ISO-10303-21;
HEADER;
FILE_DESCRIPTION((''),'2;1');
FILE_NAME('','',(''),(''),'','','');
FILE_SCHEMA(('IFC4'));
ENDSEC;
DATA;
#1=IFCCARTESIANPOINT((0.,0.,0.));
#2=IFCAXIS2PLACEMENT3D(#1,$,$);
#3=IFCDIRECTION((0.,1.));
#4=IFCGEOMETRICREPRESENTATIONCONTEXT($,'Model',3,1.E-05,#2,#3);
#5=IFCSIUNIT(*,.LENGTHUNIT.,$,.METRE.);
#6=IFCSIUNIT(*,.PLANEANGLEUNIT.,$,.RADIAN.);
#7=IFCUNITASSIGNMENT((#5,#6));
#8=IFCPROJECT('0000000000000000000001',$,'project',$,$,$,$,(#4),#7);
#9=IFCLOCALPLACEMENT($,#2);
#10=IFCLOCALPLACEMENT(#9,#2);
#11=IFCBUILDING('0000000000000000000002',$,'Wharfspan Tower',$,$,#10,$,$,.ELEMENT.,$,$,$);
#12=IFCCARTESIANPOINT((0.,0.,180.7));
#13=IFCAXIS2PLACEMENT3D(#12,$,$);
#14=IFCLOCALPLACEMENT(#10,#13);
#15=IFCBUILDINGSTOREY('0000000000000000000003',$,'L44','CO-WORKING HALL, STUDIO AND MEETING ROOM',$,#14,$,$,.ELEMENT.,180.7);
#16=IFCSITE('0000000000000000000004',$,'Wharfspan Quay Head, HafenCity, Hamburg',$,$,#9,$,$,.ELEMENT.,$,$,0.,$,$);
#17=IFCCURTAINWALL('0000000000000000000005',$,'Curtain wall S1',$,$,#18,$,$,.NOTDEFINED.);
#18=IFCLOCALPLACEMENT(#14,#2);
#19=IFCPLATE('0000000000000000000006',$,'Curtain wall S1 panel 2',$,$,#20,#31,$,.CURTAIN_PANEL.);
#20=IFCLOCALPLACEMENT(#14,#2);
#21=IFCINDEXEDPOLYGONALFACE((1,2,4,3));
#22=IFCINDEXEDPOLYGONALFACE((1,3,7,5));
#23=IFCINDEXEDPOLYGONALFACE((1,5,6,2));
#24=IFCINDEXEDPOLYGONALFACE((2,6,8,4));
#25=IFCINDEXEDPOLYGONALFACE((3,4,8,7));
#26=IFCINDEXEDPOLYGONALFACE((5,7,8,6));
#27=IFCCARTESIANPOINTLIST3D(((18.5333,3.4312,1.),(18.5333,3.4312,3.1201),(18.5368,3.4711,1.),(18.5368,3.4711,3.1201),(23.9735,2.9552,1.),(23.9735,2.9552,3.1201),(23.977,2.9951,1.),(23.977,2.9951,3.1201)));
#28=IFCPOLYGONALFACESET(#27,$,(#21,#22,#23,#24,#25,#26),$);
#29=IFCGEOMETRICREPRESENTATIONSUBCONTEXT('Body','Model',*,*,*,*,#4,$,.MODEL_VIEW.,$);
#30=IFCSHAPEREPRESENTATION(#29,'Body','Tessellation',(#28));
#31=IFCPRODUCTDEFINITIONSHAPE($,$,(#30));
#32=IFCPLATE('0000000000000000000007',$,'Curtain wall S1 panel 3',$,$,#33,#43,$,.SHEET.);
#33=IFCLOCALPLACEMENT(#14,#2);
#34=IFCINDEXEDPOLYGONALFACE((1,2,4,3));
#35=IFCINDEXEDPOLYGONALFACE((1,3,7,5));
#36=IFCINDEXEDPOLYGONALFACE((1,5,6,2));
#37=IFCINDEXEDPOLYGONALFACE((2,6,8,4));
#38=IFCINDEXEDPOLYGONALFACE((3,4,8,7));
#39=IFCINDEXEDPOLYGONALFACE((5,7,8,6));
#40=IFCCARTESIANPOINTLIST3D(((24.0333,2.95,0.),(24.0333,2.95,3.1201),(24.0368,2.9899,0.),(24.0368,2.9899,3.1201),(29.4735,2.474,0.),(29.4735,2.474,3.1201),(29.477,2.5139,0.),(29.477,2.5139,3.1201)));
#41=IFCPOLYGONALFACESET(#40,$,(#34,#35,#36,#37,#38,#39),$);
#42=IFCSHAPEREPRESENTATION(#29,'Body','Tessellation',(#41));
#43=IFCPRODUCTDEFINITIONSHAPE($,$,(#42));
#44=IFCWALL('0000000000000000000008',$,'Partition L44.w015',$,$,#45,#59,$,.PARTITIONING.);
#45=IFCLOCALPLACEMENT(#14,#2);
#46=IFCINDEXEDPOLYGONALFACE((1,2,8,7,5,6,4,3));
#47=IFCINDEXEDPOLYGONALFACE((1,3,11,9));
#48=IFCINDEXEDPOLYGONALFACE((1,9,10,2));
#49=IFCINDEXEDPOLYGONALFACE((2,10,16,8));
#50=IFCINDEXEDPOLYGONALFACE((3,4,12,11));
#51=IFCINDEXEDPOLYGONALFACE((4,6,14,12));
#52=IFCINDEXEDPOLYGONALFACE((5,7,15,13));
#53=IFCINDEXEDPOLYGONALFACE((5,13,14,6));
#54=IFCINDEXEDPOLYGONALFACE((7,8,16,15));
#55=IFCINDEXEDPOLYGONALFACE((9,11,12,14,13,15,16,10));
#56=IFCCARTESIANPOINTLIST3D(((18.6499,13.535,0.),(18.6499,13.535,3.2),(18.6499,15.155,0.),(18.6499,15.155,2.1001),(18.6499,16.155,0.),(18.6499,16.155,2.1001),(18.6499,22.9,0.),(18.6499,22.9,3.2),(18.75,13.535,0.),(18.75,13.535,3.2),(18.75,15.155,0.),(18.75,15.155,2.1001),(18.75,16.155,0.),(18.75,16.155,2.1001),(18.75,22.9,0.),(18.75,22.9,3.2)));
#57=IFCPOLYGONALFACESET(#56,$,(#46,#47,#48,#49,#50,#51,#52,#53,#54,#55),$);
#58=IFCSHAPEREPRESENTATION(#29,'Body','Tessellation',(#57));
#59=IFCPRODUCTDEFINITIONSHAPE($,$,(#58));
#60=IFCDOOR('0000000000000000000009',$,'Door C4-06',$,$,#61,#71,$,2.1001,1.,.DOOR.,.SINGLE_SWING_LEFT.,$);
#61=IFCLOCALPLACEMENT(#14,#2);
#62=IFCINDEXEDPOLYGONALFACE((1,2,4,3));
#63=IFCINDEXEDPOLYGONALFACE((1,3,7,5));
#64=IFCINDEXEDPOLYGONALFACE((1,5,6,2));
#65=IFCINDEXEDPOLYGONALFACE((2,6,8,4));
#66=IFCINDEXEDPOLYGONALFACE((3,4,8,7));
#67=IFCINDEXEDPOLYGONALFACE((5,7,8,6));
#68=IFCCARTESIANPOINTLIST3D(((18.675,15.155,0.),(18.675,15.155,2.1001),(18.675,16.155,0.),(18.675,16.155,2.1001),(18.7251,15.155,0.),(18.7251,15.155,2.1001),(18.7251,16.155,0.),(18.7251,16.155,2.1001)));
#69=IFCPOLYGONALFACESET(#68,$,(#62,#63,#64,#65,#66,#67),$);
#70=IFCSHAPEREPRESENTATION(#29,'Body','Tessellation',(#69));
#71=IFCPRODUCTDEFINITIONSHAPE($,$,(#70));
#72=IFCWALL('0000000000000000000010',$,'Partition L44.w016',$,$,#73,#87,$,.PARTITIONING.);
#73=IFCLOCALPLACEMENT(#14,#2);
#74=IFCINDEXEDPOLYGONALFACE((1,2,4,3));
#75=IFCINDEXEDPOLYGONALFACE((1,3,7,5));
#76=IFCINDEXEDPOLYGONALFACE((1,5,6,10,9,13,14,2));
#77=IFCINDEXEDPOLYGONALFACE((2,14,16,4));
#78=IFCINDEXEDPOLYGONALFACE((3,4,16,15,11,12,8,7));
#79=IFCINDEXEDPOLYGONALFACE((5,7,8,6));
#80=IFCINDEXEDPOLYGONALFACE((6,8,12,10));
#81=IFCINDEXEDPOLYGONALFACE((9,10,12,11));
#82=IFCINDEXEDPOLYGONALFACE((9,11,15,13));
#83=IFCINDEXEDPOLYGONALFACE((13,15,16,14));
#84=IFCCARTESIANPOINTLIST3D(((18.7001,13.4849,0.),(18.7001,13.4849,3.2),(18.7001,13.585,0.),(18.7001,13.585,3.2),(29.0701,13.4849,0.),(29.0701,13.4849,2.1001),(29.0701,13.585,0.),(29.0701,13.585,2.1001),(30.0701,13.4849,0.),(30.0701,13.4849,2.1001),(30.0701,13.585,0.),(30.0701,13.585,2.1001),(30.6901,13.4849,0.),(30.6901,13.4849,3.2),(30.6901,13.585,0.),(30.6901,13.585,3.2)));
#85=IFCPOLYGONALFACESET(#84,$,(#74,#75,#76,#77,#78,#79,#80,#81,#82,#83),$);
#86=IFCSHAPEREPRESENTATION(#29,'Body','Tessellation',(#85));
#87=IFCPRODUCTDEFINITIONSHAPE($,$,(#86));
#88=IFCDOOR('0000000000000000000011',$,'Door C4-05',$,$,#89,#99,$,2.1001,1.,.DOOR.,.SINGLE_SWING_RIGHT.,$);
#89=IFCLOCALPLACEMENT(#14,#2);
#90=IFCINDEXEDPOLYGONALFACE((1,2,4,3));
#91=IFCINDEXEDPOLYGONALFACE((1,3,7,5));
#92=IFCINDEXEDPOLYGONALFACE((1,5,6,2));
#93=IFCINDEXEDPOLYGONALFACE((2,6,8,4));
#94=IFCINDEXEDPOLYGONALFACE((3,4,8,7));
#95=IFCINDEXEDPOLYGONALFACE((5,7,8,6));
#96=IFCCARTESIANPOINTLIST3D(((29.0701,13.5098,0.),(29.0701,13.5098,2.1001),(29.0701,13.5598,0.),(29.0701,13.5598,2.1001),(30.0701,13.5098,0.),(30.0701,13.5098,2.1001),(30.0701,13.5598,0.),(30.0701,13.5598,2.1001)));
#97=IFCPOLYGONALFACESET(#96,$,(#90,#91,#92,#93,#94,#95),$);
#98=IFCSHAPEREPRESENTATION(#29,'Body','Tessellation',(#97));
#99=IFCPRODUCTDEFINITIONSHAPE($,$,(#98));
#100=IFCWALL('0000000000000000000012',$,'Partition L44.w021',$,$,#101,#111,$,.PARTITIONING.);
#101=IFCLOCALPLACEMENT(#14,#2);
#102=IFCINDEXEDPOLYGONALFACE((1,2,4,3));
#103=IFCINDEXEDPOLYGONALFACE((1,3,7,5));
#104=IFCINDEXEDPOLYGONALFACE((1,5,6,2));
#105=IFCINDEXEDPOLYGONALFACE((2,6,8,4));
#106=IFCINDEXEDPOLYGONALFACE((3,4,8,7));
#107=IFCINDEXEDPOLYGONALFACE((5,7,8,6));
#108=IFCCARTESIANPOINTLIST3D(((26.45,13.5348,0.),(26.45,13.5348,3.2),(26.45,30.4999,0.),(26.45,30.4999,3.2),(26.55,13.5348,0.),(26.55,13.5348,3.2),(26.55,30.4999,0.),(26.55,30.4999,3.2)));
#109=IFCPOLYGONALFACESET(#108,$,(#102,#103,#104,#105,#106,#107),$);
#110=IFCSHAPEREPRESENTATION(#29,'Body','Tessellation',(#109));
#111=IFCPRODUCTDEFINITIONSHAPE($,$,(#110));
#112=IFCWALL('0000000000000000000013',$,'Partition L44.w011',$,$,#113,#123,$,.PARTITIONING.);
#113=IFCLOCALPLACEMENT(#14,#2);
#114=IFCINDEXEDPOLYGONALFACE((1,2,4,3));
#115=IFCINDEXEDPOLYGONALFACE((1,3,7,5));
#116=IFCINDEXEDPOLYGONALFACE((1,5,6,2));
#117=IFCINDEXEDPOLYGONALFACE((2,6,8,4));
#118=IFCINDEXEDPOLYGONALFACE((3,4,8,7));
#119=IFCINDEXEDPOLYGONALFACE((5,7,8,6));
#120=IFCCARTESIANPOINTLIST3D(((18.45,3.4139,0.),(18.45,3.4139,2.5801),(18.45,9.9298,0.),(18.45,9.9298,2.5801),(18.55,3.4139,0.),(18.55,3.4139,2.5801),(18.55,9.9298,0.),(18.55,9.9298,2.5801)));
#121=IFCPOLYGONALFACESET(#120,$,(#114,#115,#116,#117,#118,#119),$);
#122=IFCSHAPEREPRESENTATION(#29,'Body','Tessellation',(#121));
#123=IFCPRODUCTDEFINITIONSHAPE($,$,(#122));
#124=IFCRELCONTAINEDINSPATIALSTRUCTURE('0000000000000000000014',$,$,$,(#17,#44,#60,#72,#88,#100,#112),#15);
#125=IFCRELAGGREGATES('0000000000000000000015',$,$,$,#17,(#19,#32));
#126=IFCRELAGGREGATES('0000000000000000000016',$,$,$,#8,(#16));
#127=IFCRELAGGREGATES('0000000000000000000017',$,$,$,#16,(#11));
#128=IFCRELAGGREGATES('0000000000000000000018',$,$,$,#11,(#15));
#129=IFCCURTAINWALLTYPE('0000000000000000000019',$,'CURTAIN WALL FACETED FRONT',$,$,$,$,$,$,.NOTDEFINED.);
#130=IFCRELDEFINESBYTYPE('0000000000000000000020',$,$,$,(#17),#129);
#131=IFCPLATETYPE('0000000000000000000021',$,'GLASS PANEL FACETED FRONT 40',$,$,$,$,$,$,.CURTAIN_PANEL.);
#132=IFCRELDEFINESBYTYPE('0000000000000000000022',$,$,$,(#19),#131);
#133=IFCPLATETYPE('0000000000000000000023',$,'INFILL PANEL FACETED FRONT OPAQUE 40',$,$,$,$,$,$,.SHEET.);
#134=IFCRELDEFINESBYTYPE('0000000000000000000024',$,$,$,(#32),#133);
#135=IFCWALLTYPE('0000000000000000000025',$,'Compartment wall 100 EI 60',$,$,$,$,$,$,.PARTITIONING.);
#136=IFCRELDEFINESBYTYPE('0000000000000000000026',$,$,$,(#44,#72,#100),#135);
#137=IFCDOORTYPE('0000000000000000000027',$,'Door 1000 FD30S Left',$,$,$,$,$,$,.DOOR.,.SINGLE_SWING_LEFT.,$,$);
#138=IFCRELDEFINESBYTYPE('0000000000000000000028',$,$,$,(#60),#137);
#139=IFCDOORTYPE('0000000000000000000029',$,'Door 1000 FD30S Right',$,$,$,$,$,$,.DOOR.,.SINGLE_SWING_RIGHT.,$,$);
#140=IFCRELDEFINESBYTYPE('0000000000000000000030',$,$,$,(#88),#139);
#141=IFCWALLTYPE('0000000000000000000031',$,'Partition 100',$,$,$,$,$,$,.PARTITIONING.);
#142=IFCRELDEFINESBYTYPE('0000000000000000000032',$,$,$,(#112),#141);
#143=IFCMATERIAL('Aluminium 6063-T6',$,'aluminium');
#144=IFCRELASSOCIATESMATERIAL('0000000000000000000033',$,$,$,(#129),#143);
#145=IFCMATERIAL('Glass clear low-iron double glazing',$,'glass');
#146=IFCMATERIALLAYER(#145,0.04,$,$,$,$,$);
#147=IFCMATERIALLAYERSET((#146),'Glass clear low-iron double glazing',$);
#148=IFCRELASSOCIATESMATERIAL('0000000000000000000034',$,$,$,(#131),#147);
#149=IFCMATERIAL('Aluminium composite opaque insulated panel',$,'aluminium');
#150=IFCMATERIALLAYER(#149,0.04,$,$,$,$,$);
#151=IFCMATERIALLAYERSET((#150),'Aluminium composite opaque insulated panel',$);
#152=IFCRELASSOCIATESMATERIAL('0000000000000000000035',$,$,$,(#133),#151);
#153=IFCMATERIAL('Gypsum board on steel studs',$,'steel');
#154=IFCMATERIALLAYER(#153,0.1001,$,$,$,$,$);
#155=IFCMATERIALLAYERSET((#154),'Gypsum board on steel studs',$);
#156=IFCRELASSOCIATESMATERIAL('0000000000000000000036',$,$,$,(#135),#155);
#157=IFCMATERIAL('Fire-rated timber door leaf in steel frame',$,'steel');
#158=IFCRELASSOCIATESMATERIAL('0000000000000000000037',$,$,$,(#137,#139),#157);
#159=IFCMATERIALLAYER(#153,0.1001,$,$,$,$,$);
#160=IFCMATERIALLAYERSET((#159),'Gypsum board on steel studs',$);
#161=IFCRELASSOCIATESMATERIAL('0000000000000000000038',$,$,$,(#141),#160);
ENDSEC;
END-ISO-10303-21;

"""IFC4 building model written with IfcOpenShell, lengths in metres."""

from ifc_helpers import new_model, si_unit, direction, frame, frame_2d, origin, origin_2d, place, context, subcontext, project, spatial, rectangle, extrude, material, layer, layer_set, type_object, element, fill, aggregate, save


model = new_model("IFC4")

# Units and contexts
model_context = context("Model", 3, precision=1e-05, world=origin(), true_north=direction((0.0, 1.0)))
body_context = subcontext(model_context, "Body", "Model", "MODEL_VIEW")
ifc_project = project(units=[si_unit("LENGTHUNIT", "METRE"), si_unit("PLANEANGLEUNIT", "RADIAN")], contexts=[model_context])

# Site, building, storey
site_placement = place(None, origin())
site = spatial("IfcSite", under=ifc_project, at=site_placement, Name="Wharfspan Quay Head, HafenCity, Hamburg", CompositionType="ELEMENT", RefElevation=0.0)
building_placement = place(site_placement, origin())
building = spatial("IfcBuilding", under=site, at=building_placement, Name="Wharfspan Tower", CompositionType="ELEMENT")
storey_placement = place(building_placement, frame((0.0, 0.0, 180.7)))
storey = spatial("IfcBuildingStorey", under=building, at=storey_placement, Name="L44", Description="CO-WORKING HALL, STUDIO AND MEETING ROOM", CompositionType="ELEMENT", Elevation=180.7)

# Curtain wall, plates
ifc_material_1 = material(Name="Aluminium 6063-T6", Category="aluminium")
curtain_wall_type = type_object("IfcCurtainWallType", Name="CURTAIN WALL FACETED FRONT", PredefinedType="NOTDEFINED", material=ifc_material_1)
curtain_wall_placement = place(storey_placement, origin())
curtain_wall = element("IfcCurtainWall", 1, at=curtain_wall_placement, inside=storey, type_object=curtain_wall_type, Name="Curtain wall S1", PredefinedType="NOTDEFINED")
ifc_material_2 = material(Name="Glass clear low-iron double glazing", Category="glass")
ifc_layer_1 = layer(ifc_material_2, 0.04)
ifc_layer_set_1 = layer_set([ifc_layer_1], Name="Glass clear low-iron double glazing")
plate_type_1 = type_object("IfcPlateType", Name="GLASS PANEL FACETED FRONT 40", PredefinedType="CURTAIN_PANEL", material=ifc_layer_set_1)
plate_1_placement = place(storey_placement, frame((21.2551, 3.2131, 1.0), z_axis=(0.0, 0.0, 1.0), x_axis=(0.996198, -0.087156, 0.0)))
plate_1 = element("IfcPlate", 2, at=plate_1_placement, type_object=plate_type_1, Name="Curtain wall S1 panel 2", PredefinedType="CURTAIN_PANEL", context=body_context, shape_type="SweptSolid", body=[
    extrude(rectangle(XDim=5.4609, YDim=0.04, at=origin_2d()), origin(), (0.0, 0.0, 1.0), 2.1201),
])
ifc_material_3 = material(Name="Aluminium composite opaque insulated panel", Category="aluminium")
ifc_layer_2 = layer(ifc_material_3, 0.04)
ifc_layer_set_2 = layer_set([ifc_layer_2], Name="Aluminium composite opaque insulated panel")
plate_type_2 = type_object("IfcPlateType", Name="INFILL PANEL FACETED FRONT OPAQUE 40", PredefinedType="SHEET", material=ifc_layer_set_2)
plate_2_placement = place(storey_placement, frame((26.7551, 2.7319, 0.0), z_axis=(0.0, 0.0, 1.0), x_axis=(0.996198, -0.087156, 0.0)))
plate_2 = element("IfcPlate", 3, at=plate_2_placement, type_object=plate_type_2, Name="Curtain wall S1 panel 3", PredefinedType="SHEET", context=body_context, shape_type="SweptSolid", body=[
    extrude(rectangle(XDim=5.4609, YDim=0.04, at=origin_2d()), origin(), (0.0, 0.0, 1.0), 3.1201),
])
aggregate(curtain_wall, [plate_1, plate_2])

# Walls, openings, doors
ifc_material_4 = material(Name="Gypsum board on steel studs", Category="steel")
ifc_layer_3 = layer(ifc_material_4, 0.1001)
ifc_layer_set_3 = layer_set([ifc_layer_3], Name="Gypsum board on steel studs")
wall_type_1 = type_object("IfcWallType", Name="Compartment wall 100 EI 60", PredefinedType="PARTITIONING", material=ifc_layer_set_3)
wall_1_placement = place(storey_placement, frame((18.7, 13.5349, 0.0), z_axis=(0.0, 0.0, 1.0), x_axis=(0.0, 1.0, 0.0)))
wall_1 = element("IfcWall", 4, at=wall_1_placement, inside=storey, type_object=wall_type_1, Name="Partition L44.w015", PredefinedType="PARTITIONING", context=body_context, shape_type="SweptSolid", body=[
    extrude(rectangle(XDim=9.365, YDim=0.1001, at=frame_2d((4.6826, 0.0))), origin(), (0.0, 0.0, 1.0), 3.2),
])
opening_1_placement = place(wall_1_placement, frame((1.6201, 0.0, 0.0)))
opening_1 = element("IfcOpeningElement", 5, at=opening_1_placement, cuts=wall_1, PredefinedType="OPENING", context=body_context, shape_type="SweptSolid", body=[
    extrude(rectangle(XDim=1.0, YDim=2.1001, at=frame_2d((0.5, 1.05))), frame((0.0, 0.0601, 0.0), z_axis=(0.0, -1.0, 0.0), x_axis=(1.0, 0.0, 0.0)), (0.0, 0.0, 1.0), 0.1201),
])
ifc_material_5 = material(Name="Fire-rated timber door leaf in steel frame", Category="steel")
door_type_1 = type_object("IfcDoorType", Name="Door 1000 FD30S Left", OperationType="SINGLE_SWING_LEFT", PredefinedType="DOOR", material=ifc_material_5)
door_1_placement = place(opening_1_placement, origin())
door_1 = element("IfcDoor", 6, at=door_1_placement, inside=storey, type_object=door_type_1, Name="Door C4-06", OperationType="SINGLE_SWING_LEFT", OverallHeight=2.1001, OverallWidth=1.0, PredefinedType="DOOR", context=body_context, shape_type="SweptSolid", body=[
    extrude(rectangle(XDim=1.0, YDim=2.1001, at=frame_2d((0.5, 1.05))), frame((0.0, 0.0249, 0.0), z_axis=(0.0, -1.0, 0.0), x_axis=(1.0, 0.0, 0.0)), (0.0, 0.0, 1.0), 0.05),
])
fill(opening_1, door_1)
wall_2_placement = place(storey_placement, frame((18.7, 13.5349, 0.0), z_axis=(0.0, 0.0, 1.0), x_axis=(1.0, 0.0, 0.0)))
wall_2 = element("IfcWall", 7, at=wall_2_placement, inside=storey, type_object=wall_type_1, Name="Partition L44.w016", PredefinedType="PARTITIONING", context=body_context, shape_type="SweptSolid", body=[
    extrude(rectangle(XDim=11.99, YDim=0.1001, at=frame_2d((5.9951, 0.0))), origin(), (0.0, 0.0, 1.0), 3.2),
])
opening_2_placement = place(wall_2_placement, frame((10.3701, 0.0, 0.0)))
opening_2 = element("IfcOpeningElement", 8, at=opening_2_placement, cuts=wall_2, PredefinedType="OPENING", context=body_context, shape_type="SweptSolid", body=[
    extrude(rectangle(XDim=1.0, YDim=2.1001, at=frame_2d((0.5, 1.05))), frame((0.0, 0.0601, 0.0), z_axis=(0.0, -1.0, 0.0), x_axis=(1.0, 0.0, 0.0)), (0.0, 0.0, 1.0), 0.1201),
])
door_type_2 = type_object("IfcDoorType", Name="Door 1000 FD30S Right", OperationType="SINGLE_SWING_RIGHT", PredefinedType="DOOR", material=ifc_material_5)
door_2_placement = place(opening_2_placement, origin())
door_2 = element("IfcDoor", 9, at=door_2_placement, inside=storey, type_object=door_type_2, Name="Door C4-05", OperationType="SINGLE_SWING_RIGHT", OverallHeight=2.1001, OverallWidth=1.0, PredefinedType="DOOR", context=body_context, shape_type="SweptSolid", body=[
    extrude(rectangle(XDim=1.0, YDim=2.1001, at=frame_2d((0.5, 1.05))), frame((0.0, 0.0249, 0.0), z_axis=(0.0, -1.0, 0.0), x_axis=(1.0, 0.0, 0.0)), (0.0, 0.0, 1.0), 0.05),
])
fill(opening_2, door_2)

# Walls
wall_3_placement = place(storey_placement, frame((26.5, 13.5349, 0.0), z_axis=(0.0, 0.0, 1.0), x_axis=(0.0, 1.0, 0.0)))
element("IfcWall", 10, at=wall_3_placement, inside=storey, type_object=wall_type_1, Name="Partition L44.w021", PredefinedType="PARTITIONING", context=body_context, shape_type="SweptSolid", body=[
    extrude(rectangle(XDim=16.9651, YDim=0.1001, at=frame_2d((8.4824, 0.0))), origin(), (0.0, 0.0, 1.0), 3.2),
])
ifc_layer_4 = layer(ifc_material_4, 0.1001)
ifc_layer_set_4 = layer_set([ifc_layer_4], Name="Gypsum board on steel studs")
wall_type_2 = type_object("IfcWallType", Name="Partition 100", PredefinedType="PARTITIONING", material=ifc_layer_set_4)
wall_4_placement = place(storey_placement, frame((18.5, 3.4141, 0.0), z_axis=(0.0, 0.0, 1.0), x_axis=(0.0, 1.0, 0.0)))
element("IfcWall", 11, at=wall_4_placement, inside=storey, type_object=wall_type_2, Name="Partition L44.w011", PredefinedType="PARTITIONING", context=body_context, shape_type="SweptSolid", body=[
    extrude(rectangle(XDim=6.5159, YDim=0.1001, at=frame_2d((3.2578, 0.0))), origin(), (0.0, 0.0, 1.0), 2.5801),
])

save(model, "model.ifc")
